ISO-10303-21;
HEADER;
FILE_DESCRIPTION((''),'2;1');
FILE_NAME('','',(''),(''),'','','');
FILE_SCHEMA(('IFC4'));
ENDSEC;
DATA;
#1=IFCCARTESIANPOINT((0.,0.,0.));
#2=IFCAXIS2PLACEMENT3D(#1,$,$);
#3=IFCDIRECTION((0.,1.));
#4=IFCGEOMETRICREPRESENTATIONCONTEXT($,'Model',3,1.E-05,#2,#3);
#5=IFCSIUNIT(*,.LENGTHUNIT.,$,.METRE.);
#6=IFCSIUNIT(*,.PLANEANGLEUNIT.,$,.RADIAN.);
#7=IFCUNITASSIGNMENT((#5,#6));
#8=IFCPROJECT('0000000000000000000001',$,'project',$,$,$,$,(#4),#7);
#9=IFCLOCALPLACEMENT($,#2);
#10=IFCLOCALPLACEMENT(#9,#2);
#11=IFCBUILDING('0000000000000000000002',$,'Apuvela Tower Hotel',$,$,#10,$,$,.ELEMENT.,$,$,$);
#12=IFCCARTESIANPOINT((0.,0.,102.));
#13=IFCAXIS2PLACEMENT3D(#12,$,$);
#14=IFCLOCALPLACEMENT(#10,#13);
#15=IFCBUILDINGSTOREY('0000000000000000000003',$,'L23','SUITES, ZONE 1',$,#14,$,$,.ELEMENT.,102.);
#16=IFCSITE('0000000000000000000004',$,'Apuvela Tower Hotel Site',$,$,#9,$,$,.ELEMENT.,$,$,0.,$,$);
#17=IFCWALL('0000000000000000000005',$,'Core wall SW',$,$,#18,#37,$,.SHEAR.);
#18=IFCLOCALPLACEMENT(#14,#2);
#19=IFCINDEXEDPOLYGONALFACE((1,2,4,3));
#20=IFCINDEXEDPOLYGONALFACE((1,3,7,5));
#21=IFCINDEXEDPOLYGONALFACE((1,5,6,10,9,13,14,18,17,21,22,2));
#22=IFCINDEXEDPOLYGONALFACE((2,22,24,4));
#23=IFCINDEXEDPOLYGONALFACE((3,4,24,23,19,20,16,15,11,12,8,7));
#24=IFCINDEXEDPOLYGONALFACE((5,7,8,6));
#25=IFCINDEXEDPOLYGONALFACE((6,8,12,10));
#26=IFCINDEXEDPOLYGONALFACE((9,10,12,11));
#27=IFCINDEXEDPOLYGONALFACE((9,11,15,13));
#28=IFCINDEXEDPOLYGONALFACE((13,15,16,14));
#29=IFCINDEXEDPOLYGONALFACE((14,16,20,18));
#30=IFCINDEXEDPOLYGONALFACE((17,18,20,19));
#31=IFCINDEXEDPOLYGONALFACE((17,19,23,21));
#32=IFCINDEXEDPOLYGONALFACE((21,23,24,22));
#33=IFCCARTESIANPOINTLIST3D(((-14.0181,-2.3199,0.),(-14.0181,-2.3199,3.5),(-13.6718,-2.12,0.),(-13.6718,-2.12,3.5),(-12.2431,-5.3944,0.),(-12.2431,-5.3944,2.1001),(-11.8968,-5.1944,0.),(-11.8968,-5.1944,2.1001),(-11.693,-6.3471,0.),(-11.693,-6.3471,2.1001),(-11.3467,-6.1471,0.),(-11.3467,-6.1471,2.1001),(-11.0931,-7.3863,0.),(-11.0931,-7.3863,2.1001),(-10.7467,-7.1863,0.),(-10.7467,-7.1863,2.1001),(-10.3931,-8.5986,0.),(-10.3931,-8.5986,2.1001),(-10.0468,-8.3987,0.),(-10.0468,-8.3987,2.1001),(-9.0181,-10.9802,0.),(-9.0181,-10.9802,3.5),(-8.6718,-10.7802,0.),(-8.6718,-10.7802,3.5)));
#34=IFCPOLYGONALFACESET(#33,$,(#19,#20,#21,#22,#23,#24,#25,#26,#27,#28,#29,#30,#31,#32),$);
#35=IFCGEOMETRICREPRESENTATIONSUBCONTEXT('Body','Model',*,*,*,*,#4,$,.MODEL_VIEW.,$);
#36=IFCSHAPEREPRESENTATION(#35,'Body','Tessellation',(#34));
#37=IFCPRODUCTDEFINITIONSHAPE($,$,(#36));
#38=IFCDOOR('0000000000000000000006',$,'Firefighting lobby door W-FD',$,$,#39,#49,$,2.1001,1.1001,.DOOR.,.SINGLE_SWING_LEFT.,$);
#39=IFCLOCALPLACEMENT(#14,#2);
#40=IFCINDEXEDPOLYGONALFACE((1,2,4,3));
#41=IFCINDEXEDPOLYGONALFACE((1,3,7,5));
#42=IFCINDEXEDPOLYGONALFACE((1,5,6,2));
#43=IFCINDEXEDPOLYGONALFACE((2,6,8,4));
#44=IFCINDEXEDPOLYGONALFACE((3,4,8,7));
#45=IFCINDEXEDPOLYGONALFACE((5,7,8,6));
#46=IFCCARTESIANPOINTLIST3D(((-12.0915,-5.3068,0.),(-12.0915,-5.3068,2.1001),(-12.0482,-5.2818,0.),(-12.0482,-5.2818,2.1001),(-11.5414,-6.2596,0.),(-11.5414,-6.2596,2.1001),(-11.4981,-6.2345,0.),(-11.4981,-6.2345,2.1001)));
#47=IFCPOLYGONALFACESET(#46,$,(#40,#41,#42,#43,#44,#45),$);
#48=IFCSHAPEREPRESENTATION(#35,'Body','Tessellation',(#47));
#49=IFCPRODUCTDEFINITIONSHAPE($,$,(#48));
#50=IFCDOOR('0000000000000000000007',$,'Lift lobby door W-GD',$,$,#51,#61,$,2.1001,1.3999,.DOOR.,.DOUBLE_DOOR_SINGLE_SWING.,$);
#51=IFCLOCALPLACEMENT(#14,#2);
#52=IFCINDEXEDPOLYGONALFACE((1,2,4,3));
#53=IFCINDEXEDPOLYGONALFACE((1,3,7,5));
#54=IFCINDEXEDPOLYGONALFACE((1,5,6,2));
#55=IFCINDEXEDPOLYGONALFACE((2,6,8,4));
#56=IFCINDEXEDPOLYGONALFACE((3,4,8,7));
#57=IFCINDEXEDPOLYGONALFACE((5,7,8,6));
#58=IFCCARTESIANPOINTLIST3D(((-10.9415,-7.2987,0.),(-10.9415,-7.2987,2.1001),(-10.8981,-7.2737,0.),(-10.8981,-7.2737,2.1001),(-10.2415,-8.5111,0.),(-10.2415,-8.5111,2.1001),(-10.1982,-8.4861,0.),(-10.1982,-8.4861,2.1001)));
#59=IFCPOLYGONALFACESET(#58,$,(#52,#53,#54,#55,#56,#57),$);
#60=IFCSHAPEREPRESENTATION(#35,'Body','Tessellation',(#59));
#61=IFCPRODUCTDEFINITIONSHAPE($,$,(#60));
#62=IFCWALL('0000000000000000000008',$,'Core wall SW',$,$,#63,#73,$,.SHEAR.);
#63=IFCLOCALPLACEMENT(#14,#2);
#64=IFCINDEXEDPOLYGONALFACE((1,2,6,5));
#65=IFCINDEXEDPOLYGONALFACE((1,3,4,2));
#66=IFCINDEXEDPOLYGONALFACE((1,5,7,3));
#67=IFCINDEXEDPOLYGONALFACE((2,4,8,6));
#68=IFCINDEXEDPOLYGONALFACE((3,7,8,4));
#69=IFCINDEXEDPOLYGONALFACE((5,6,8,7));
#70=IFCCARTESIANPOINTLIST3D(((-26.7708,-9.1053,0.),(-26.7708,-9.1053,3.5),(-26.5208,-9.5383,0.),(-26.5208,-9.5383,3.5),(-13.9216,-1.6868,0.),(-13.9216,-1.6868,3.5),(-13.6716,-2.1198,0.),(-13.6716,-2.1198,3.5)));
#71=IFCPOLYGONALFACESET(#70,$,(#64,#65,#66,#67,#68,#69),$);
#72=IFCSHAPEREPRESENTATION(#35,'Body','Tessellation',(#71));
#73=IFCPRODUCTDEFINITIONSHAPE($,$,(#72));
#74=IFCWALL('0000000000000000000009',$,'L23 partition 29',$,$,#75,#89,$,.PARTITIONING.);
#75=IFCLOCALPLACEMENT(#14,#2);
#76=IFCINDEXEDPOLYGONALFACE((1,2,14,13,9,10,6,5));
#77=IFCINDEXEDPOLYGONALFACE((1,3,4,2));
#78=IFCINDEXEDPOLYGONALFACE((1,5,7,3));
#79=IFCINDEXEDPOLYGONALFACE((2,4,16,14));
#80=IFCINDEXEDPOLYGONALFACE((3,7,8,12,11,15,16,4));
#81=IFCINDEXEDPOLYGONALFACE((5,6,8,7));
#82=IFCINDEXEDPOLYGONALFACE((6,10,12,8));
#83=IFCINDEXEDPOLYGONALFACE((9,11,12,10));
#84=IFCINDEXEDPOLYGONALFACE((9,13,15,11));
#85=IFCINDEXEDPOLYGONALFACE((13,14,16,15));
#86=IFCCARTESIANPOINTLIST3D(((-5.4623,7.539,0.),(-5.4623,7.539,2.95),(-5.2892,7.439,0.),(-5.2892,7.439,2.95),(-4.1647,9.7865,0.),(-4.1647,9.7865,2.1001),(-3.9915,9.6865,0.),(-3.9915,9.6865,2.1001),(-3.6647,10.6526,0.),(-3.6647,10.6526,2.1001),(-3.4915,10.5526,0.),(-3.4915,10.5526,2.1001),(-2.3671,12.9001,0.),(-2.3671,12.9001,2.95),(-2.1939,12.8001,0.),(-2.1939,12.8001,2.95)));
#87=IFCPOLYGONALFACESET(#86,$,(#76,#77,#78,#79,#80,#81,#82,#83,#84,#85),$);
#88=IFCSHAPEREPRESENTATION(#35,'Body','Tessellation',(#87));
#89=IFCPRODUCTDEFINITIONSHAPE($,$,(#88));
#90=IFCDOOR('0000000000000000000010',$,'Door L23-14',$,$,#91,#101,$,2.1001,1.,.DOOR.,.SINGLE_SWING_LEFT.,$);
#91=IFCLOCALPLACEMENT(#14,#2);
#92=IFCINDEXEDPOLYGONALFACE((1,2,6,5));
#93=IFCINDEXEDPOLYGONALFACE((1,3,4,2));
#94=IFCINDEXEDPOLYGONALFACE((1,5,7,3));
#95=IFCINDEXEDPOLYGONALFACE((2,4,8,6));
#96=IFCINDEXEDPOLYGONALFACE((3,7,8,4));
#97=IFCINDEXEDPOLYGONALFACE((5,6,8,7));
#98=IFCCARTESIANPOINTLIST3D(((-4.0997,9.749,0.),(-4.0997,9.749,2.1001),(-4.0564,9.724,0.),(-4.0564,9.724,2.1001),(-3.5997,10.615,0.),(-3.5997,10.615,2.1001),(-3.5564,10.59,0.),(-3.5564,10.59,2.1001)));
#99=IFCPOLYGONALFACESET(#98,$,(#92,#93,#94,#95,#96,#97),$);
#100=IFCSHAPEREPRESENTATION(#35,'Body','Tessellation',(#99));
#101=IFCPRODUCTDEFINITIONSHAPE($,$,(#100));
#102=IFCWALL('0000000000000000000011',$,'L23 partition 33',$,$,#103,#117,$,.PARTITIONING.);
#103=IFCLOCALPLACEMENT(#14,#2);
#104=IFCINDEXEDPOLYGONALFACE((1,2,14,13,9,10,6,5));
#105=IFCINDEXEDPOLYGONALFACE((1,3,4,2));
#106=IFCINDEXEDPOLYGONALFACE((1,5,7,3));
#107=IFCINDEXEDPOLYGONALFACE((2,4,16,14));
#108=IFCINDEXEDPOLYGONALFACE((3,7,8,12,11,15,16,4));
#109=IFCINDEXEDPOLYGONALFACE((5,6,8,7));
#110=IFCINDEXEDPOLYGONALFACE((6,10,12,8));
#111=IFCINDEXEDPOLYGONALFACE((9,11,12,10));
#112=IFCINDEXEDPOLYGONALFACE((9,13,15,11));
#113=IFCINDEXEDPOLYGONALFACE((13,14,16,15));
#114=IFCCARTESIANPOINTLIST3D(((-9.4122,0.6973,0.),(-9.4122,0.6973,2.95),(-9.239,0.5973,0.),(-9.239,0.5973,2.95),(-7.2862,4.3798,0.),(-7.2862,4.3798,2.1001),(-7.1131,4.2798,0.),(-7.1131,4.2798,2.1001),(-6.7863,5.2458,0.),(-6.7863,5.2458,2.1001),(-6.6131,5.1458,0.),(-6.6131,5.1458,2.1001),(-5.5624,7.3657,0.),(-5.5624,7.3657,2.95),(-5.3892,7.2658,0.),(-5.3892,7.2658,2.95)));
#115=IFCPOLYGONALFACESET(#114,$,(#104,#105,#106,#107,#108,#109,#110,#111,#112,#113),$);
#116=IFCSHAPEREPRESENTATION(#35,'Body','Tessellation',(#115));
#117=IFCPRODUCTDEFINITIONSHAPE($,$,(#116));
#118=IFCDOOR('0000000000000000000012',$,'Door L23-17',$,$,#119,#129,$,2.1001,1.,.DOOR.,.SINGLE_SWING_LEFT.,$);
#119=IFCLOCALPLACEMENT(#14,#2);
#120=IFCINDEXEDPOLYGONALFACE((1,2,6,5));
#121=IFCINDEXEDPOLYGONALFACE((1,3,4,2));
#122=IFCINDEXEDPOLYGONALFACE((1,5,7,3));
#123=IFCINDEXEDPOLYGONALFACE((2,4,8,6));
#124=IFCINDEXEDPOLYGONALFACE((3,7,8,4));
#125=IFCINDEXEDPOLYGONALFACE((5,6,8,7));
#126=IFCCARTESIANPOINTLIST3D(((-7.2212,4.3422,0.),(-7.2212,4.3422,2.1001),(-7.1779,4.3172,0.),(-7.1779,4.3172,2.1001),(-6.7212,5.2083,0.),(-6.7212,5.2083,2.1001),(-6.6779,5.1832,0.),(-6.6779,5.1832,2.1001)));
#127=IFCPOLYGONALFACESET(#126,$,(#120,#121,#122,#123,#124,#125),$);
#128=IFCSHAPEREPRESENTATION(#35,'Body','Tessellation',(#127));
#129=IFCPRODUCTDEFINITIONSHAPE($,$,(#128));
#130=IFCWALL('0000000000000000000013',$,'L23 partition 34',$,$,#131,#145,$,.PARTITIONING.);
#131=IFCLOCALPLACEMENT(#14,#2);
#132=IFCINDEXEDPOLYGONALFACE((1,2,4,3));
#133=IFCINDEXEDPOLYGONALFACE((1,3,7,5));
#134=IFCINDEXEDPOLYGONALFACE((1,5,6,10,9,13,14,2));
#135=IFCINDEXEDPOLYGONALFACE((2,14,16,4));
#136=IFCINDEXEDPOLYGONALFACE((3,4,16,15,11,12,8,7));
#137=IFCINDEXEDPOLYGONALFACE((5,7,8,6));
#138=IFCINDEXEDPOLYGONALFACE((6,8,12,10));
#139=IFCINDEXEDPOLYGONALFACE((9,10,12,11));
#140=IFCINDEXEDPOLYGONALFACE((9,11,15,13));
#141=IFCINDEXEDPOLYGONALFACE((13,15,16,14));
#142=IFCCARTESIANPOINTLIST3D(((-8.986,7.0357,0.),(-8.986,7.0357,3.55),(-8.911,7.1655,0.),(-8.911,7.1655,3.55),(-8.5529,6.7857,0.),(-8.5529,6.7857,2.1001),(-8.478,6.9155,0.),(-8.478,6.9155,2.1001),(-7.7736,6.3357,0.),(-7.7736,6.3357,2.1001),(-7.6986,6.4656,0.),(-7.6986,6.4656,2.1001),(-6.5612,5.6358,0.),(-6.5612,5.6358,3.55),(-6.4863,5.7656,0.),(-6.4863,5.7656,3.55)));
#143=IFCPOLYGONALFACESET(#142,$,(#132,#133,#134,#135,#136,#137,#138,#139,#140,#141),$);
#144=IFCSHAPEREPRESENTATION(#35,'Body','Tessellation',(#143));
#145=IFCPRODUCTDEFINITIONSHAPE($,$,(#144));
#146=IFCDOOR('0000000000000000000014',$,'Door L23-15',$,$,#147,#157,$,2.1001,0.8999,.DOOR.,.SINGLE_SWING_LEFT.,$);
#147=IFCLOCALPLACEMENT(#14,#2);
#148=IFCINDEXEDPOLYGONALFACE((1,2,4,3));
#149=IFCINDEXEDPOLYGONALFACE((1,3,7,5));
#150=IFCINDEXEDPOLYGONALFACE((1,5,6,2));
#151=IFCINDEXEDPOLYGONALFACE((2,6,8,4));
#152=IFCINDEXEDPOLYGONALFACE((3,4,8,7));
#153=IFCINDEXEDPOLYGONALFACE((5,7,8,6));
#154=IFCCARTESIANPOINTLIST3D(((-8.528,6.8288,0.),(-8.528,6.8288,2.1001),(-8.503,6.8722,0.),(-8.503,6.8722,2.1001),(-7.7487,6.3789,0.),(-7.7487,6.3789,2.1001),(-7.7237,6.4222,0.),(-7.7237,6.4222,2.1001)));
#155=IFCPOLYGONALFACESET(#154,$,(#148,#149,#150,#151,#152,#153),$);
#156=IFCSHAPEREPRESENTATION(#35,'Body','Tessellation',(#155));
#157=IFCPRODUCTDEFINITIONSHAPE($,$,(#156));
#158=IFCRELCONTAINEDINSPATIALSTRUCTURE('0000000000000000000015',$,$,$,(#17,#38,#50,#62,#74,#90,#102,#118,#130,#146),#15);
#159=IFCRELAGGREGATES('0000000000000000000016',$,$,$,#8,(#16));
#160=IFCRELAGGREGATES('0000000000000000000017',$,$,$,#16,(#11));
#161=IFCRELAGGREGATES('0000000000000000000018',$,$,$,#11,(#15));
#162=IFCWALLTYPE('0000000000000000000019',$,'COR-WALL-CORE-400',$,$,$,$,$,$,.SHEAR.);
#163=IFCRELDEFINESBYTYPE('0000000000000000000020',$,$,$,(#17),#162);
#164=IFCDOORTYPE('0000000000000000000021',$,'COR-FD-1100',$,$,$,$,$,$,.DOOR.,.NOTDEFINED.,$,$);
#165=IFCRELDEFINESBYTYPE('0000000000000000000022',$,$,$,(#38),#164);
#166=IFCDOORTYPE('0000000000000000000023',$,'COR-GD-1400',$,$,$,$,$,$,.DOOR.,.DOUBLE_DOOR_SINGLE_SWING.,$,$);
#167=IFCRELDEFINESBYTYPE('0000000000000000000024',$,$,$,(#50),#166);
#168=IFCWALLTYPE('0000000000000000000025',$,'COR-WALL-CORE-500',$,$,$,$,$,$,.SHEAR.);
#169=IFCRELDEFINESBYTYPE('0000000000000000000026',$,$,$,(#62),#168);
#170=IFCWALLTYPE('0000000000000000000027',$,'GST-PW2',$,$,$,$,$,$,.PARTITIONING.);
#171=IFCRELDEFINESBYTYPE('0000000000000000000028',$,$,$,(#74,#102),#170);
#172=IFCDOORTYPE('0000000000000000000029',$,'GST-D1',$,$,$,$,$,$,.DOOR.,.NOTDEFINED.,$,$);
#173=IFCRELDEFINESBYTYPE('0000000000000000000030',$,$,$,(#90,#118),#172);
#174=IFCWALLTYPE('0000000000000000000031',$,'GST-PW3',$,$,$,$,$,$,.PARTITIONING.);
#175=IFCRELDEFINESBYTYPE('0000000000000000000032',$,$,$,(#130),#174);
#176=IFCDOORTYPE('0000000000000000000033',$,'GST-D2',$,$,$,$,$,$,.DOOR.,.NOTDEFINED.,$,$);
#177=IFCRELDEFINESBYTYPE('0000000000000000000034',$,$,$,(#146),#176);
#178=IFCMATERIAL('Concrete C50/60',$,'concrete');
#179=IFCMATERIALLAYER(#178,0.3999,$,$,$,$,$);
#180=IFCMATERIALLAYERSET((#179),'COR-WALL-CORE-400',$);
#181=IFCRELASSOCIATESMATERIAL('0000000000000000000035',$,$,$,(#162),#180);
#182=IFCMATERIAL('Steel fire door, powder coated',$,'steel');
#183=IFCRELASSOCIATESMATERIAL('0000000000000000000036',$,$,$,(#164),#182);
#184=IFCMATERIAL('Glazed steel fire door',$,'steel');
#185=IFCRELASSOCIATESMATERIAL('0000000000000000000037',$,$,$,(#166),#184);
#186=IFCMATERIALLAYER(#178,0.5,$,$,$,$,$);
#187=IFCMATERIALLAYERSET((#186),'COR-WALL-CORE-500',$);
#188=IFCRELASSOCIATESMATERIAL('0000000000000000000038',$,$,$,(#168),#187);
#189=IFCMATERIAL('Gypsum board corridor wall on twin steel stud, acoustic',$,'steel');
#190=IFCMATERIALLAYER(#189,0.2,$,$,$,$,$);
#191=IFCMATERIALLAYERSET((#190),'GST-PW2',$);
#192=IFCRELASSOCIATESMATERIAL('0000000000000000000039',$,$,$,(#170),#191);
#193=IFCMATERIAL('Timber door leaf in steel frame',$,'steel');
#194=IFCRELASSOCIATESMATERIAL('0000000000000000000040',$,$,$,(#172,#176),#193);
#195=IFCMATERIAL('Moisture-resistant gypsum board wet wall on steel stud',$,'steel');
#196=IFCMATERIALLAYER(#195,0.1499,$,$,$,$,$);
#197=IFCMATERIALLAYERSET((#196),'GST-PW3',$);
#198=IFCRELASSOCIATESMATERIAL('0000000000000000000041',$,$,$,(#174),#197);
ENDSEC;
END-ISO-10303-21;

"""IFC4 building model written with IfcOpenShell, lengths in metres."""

from ifc_helpers import new_model, si_unit, direction, frame, frame_2d, origin, place, context, subcontext, project, spatial, rectangle, extrude, material, layer, layer_set, type_object, element, fill, save


model = new_model("IFC4")

# Units and contexts
model_context = context("Model", 3, precision=1e-05, world=origin(), true_north=direction((0.0, 1.0)))
body_context = subcontext(model_context, "Body", "Model", "MODEL_VIEW")
ifc_project = project(units=[si_unit("LENGTHUNIT", "METRE"), si_unit("PLANEANGLEUNIT", "RADIAN")], contexts=[model_context])

# Site, building, storey
site_placement = place(None, origin())
site = spatial("IfcSite", under=ifc_project, at=site_placement, Name="Apuvela Tower Hotel Site", CompositionType="ELEMENT", RefElevation=0.0)
building_placement = place(site_placement, origin())
building = spatial("IfcBuilding", under=site, at=building_placement, Name="Apuvela Tower Hotel", CompositionType="ELEMENT")
storey_placement = place(building_placement, frame((0.0, 0.0, 102.0)))
storey = spatial("IfcBuildingStorey", under=building, at=storey_placement, Name="L23", Description="SUITES, ZONE 1", CompositionType="ELEMENT", Elevation=102.0)

# Wall, openings, doors
ifc_material_1 = material(Name="Concrete C50/60", Category="concrete")
ifc_layer_1 = layer(ifc_material_1, 0.3999)
ifc_layer_set_1 = layer_set([ifc_layer_1], Name="COR-WALL-CORE-400")
wall_type_1 = type_object("IfcWallType", Name="COR-WALL-CORE-400", PredefinedType="SHEAR", material=ifc_layer_set_1)
wall_1_placement = place(storey_placement, frame((-13.845, -2.22, 0.0), z_axis=(0.0, 0.0, 1.0), x_axis=(0.500004, -0.866023, 0.0)))
wall_1 = element("IfcWall", 1, at=wall_1_placement, inside=storey, type_object=wall_type_1, Name="Core wall SW", PredefinedType="SHEAR", context=body_context, shape_type="SweptSolid", body=[
    extrude(rectangle(XDim=10.0, YDim=0.3999, at=frame_2d((5.0, 0.0))), origin(), (0.0, 0.0, 1.0), 3.5),
])
opening_1_placement = place(wall_1_placement, frame((3.55, 0.0, 0.0)))
opening_1 = element("IfcOpeningElement", 2, at=opening_1_placement, cuts=wall_1, PredefinedType="OPENING", context=body_context, shape_type="SweptSolid", body=[
    extrude(rectangle(XDim=1.1001, YDim=2.1001, at=frame_2d((0.55, 1.05))), frame((0.0, 0.21, 0.0), z_axis=(0.0, -1.0, 0.0), x_axis=(1.0, 0.0, 0.0)), (0.0, 0.0, 1.0), 0.4199),
])
opening_2_placement = place(wall_1_placement, frame((5.8501, 0.0, 0.0)))
opening_2 = element("IfcOpeningElement", 3, at=opening_2_placement, cuts=wall_1, PredefinedType="OPENING", context=body_context, shape_type="SweptSolid", body=[
    extrude(rectangle(XDim=1.3999, YDim=2.1001, at=frame_2d((0.7, 1.05))), frame((0.0, 0.21, 0.0), z_axis=(0.0, -1.0, 0.0), x_axis=(1.0, 0.0, 0.0)), (0.0, 0.0, 1.0), 0.4199),
])
ifc_material_2 = material(Name="Steel fire door, powder coated", Category="steel")
door_type_1 = type_object("IfcDoorType", Name="COR-FD-1100", OperationType="NOTDEFINED", PredefinedType="DOOR", material=ifc_material_2)
door_1_placement = place(opening_1_placement, frame((1.1001, 0.0, 0.0), z_axis=(0.0, 0.0, 1.0), x_axis=(-1.0, 0.0, 0.0)))
door_1 = element("IfcDoor", 4, at=door_1_placement, inside=storey, type_object=door_type_1, Name="Firefighting lobby door W-FD", OperationType="SINGLE_SWING_LEFT", OverallHeight=2.1001, OverallWidth=1.1001, PredefinedType="DOOR", context=body_context, shape_type="SweptSolid", body=[
    extrude(rectangle(XDim=1.1001, YDim=2.1001, at=frame_2d((0.55, 1.05))), frame((0.0, 0.0249, 0.0), z_axis=(0.0, -1.0, 0.0), x_axis=(1.0, 0.0, 0.0)), (0.0, 0.0, 1.0), 0.05),
])
fill(opening_1, door_1)
ifc_material_3 = material(Name="Glazed steel fire door", Category="steel")
door_type_2 = type_object("IfcDoorType", Name="COR-GD-1400", OperationType="DOUBLE_DOOR_SINGLE_SWING", PredefinedType="DOOR", material=ifc_material_3)
door_2_placement = place(opening_2_placement, frame((1.3999, 0.0, 0.0), z_axis=(0.0, 0.0, 1.0), x_axis=(-1.0, 0.0, 0.0)))
door_2 = element("IfcDoor", 5, at=door_2_placement, inside=storey, type_object=door_type_2, Name="Lift lobby door W-GD", OperationType="DOUBLE_DOOR_SINGLE_SWING", OverallHeight=2.1001, OverallWidth=1.3999, PredefinedType="DOOR", context=body_context, shape_type="SweptSolid", body=[
    extrude(rectangle(XDim=1.3999, YDim=2.1001, at=frame_2d((0.7, 1.05))), frame((0.0, 0.0249, 0.0), z_axis=(0.0, -1.0, 0.0), x_axis=(1.0, 0.0, 0.0)), (0.0, 0.0, 1.0), 0.05),
])
fill(opening_2, door_2)

# Wall
ifc_layer_2 = layer(ifc_material_1, 0.5)
ifc_layer_set_2 = layer_set([ifc_layer_2], Name="COR-WALL-CORE-500")
wall_type_2 = type_object("IfcWallType", Name="COR-WALL-CORE-500", PredefinedType="SHEAR", material=ifc_layer_set_2)
wall_2_placement = place(storey_placement, frame((-13.7966, -1.9033, 0.0), z_axis=(0.0, 0.0, 1.0), x_axis=(-0.866025, -0.500001, 0.0)))
element("IfcWall", 6, at=wall_2_placement, inside=storey, type_object=wall_type_2, Name="Core wall SW", PredefinedType="SHEAR", context=body_context, shape_type="SweptSolid", body=[
    extrude(rectangle(XDim=14.8369, YDim=0.5, at=frame_2d((7.4185, 0.0))), origin(), (0.0, 0.0, 1.0), 3.5),
])

# Walls, openings, doors
ifc_material_4 = material(Name="Gypsum board corridor wall on twin steel stud, acoustic", Category="steel")
ifc_layer_3 = layer(ifc_material_4, 0.2)
ifc_layer_set_3 = layer_set([ifc_layer_3], Name="GST-PW2")
wall_type_3 = type_object("IfcWallType", Name="GST-PW2", PredefinedType="PARTITIONING", material=ifc_layer_set_3)
wall_3_placement = place(storey_placement, frame((-5.3757, 7.489, 0.0), z_axis=(0.0, 0.0, 1.0), x_axis=(0.499999, 0.866026, 0.0)))
wall_3 = element("IfcWall", 7, at=wall_3_placement, inside=storey, type_object=wall_type_3, Name="L23 partition 29", PredefinedType="PARTITIONING", context=body_context, shape_type="SweptSolid", body=[
    extrude(rectangle(XDim=6.1904, YDim=0.2, at=frame_2d((3.0952, 0.0))), origin(), (0.0, 0.0, 1.0), 2.95),
])
opening_3_placement = place(wall_3_placement, frame((2.5952, 0.0, 0.0)))
opening_3 = element("IfcOpeningElement", 8, at=opening_3_placement, cuts=wall_3, PredefinedType="OPENING", context=body_context, shape_type="SweptSolid", body=[
    extrude(rectangle(XDim=1.0, YDim=2.1001, at=frame_2d((0.5, 1.05))), frame((0.0, 0.1099, 0.0), z_axis=(0.0, -1.0, 0.0), x_axis=(1.0, 0.0, 0.0)), (0.0, 0.0, 1.0), 0.22),
])
ifc_material_5 = material(Name="Timber door leaf in steel frame", Category="steel")
door_type_3 = type_object("IfcDoorType", Name="GST-D1", OperationType="NOTDEFINED", PredefinedType="DOOR", material=ifc_material_5)
door_3_placement = place(opening_3_placement, origin())
door_3 = element("IfcDoor", 9, at=door_3_placement, inside=storey, type_object=door_type_3, Name="Door L23-14", OperationType="SINGLE_SWING_LEFT", OverallHeight=2.1001, OverallWidth=1.0, PredefinedType="DOOR", context=body_context, shape_type="SweptSolid", body=[
    extrude(rectangle(XDim=1.0, YDim=2.1001, at=frame_2d((0.5, 1.05))), frame((0.0, 0.0249, 0.0), z_axis=(0.0, -1.0, 0.0), x_axis=(1.0, 0.0, 0.0)), (0.0, 0.0, 1.0), 0.05),
])
fill(opening_3, door_3)
wall_4_placement = place(storey_placement, frame((-9.3257, 0.6472, 0.0), z_axis=(0.0, 0.0, 1.0), x_axis=(0.499982, 0.866036, 0.0)))
wall_4 = element("IfcWall", 10, at=wall_4_placement, inside=storey, type_object=wall_type_3, Name="L23 partition 33", PredefinedType="PARTITIONING", context=body_context, shape_type="SweptSolid", body=[
    extrude(rectangle(XDim=7.7, YDim=0.2, at=frame_2d((3.8501, 0.0))), origin(), (0.0, 0.0, 1.0), 2.95),
])
opening_4_placement = place(wall_4_placement, frame((4.2522, 0.0, 0.0)))
opening_4 = element("IfcOpeningElement", 11, at=opening_4_placement, cuts=wall_4, PredefinedType="OPENING", context=body_context, shape_type="SweptSolid", body=[
    extrude(rectangle(XDim=1.0, YDim=2.1001, at=frame_2d((0.5, 1.05))), frame((0.0, 0.1099, 0.0), z_axis=(0.0, -1.0, 0.0), x_axis=(1.0, 0.0, 0.0)), (0.0, 0.0, 1.0), 0.22),
])
door_4_placement = place(opening_4_placement, origin())
door_4 = element("IfcDoor", 12, at=door_4_placement, inside=storey, type_object=door_type_3, Name="Door L23-17", OperationType="SINGLE_SWING_LEFT", OverallHeight=2.1001, OverallWidth=1.0, PredefinedType="DOOR", context=body_context, shape_type="SweptSolid", body=[
    extrude(rectangle(XDim=1.0, YDim=2.1001, at=frame_2d((0.5, 1.05))), frame((0.0, 0.0249, 0.0), z_axis=(0.0, -1.0, 0.0), x_axis=(1.0, 0.0, 0.0)), (0.0, 0.0, 1.0), 0.05),
])
fill(opening_4, door_4)
ifc_material_6 = material(Name="Moisture-resistant gypsum board wet wall on steel stud", Category="steel")
ifc_layer_4 = layer(ifc_material_6, 0.1499)
ifc_layer_set_4 = layer_set([ifc_layer_4], Name="GST-PW3")
wall_type_4 = type_object("IfcWallType", Name="GST-PW3", PredefinedType="PARTITIONING", material=ifc_layer_set_4)
wall_5_placement = place(storey_placement, frame((-8.9485, 7.1006, 0.0), z_axis=(0.0, 0.0, 1.0), x_axis=(0.866035, -0.499984, 0.0)))
wall_5 = element("IfcWall", 13, at=wall_5_placement, inside=storey, type_object=wall_type_4, Name="L23 partition 34", PredefinedType="PARTITIONING", context=body_context, shape_type="SweptSolid", body=[
    extrude(rectangle(XDim=2.7998, YDim=0.1499, at=frame_2d((1.3999, 0.0))), origin(), (0.0, 0.0, 1.0), 3.55),
])
opening_5_placement = place(wall_5_placement, frame((0.5, 0.0, 0.0)))
opening_5 = element("IfcOpeningElement", 14, at=opening_5_placement, cuts=wall_5, PredefinedType="OPENING", context=body_context, shape_type="SweptSolid", body=[
    extrude(rectangle(XDim=0.8999, YDim=2.1001, at=frame_2d((0.45, 1.05))), frame((0.0, 0.085, 0.0), z_axis=(0.0, -1.0, 0.0), x_axis=(1.0, 0.0, 0.0)), (0.0, 0.0, 1.0), 0.1699),
])
door_type_4 = type_object("IfcDoorType", Name="GST-D2", OperationType="NOTDEFINED", PredefinedType="DOOR", material=ifc_material_5)
door_5_placement = place(opening_5_placement, origin())
door_5 = element("IfcDoor", 15, at=door_5_placement, inside=storey, type_object=door_type_4, Name="Door L23-15", OperationType="SINGLE_SWING_LEFT", OverallHeight=2.1001, OverallWidth=0.8999, PredefinedType="DOOR", context=body_context, shape_type="SweptSolid", body=[
    extrude(rectangle(XDim=0.8999, YDim=2.1001, at=frame_2d((0.45, 1.05))), frame((0.0, 0.0249, 0.0), z_axis=(0.0, -1.0, 0.0), x_axis=(1.0, 0.0, 0.0)), (0.0, 0.0, 1.0), 0.05),
])
fill(opening_5, door_5)

save(model, "model.ifc")
